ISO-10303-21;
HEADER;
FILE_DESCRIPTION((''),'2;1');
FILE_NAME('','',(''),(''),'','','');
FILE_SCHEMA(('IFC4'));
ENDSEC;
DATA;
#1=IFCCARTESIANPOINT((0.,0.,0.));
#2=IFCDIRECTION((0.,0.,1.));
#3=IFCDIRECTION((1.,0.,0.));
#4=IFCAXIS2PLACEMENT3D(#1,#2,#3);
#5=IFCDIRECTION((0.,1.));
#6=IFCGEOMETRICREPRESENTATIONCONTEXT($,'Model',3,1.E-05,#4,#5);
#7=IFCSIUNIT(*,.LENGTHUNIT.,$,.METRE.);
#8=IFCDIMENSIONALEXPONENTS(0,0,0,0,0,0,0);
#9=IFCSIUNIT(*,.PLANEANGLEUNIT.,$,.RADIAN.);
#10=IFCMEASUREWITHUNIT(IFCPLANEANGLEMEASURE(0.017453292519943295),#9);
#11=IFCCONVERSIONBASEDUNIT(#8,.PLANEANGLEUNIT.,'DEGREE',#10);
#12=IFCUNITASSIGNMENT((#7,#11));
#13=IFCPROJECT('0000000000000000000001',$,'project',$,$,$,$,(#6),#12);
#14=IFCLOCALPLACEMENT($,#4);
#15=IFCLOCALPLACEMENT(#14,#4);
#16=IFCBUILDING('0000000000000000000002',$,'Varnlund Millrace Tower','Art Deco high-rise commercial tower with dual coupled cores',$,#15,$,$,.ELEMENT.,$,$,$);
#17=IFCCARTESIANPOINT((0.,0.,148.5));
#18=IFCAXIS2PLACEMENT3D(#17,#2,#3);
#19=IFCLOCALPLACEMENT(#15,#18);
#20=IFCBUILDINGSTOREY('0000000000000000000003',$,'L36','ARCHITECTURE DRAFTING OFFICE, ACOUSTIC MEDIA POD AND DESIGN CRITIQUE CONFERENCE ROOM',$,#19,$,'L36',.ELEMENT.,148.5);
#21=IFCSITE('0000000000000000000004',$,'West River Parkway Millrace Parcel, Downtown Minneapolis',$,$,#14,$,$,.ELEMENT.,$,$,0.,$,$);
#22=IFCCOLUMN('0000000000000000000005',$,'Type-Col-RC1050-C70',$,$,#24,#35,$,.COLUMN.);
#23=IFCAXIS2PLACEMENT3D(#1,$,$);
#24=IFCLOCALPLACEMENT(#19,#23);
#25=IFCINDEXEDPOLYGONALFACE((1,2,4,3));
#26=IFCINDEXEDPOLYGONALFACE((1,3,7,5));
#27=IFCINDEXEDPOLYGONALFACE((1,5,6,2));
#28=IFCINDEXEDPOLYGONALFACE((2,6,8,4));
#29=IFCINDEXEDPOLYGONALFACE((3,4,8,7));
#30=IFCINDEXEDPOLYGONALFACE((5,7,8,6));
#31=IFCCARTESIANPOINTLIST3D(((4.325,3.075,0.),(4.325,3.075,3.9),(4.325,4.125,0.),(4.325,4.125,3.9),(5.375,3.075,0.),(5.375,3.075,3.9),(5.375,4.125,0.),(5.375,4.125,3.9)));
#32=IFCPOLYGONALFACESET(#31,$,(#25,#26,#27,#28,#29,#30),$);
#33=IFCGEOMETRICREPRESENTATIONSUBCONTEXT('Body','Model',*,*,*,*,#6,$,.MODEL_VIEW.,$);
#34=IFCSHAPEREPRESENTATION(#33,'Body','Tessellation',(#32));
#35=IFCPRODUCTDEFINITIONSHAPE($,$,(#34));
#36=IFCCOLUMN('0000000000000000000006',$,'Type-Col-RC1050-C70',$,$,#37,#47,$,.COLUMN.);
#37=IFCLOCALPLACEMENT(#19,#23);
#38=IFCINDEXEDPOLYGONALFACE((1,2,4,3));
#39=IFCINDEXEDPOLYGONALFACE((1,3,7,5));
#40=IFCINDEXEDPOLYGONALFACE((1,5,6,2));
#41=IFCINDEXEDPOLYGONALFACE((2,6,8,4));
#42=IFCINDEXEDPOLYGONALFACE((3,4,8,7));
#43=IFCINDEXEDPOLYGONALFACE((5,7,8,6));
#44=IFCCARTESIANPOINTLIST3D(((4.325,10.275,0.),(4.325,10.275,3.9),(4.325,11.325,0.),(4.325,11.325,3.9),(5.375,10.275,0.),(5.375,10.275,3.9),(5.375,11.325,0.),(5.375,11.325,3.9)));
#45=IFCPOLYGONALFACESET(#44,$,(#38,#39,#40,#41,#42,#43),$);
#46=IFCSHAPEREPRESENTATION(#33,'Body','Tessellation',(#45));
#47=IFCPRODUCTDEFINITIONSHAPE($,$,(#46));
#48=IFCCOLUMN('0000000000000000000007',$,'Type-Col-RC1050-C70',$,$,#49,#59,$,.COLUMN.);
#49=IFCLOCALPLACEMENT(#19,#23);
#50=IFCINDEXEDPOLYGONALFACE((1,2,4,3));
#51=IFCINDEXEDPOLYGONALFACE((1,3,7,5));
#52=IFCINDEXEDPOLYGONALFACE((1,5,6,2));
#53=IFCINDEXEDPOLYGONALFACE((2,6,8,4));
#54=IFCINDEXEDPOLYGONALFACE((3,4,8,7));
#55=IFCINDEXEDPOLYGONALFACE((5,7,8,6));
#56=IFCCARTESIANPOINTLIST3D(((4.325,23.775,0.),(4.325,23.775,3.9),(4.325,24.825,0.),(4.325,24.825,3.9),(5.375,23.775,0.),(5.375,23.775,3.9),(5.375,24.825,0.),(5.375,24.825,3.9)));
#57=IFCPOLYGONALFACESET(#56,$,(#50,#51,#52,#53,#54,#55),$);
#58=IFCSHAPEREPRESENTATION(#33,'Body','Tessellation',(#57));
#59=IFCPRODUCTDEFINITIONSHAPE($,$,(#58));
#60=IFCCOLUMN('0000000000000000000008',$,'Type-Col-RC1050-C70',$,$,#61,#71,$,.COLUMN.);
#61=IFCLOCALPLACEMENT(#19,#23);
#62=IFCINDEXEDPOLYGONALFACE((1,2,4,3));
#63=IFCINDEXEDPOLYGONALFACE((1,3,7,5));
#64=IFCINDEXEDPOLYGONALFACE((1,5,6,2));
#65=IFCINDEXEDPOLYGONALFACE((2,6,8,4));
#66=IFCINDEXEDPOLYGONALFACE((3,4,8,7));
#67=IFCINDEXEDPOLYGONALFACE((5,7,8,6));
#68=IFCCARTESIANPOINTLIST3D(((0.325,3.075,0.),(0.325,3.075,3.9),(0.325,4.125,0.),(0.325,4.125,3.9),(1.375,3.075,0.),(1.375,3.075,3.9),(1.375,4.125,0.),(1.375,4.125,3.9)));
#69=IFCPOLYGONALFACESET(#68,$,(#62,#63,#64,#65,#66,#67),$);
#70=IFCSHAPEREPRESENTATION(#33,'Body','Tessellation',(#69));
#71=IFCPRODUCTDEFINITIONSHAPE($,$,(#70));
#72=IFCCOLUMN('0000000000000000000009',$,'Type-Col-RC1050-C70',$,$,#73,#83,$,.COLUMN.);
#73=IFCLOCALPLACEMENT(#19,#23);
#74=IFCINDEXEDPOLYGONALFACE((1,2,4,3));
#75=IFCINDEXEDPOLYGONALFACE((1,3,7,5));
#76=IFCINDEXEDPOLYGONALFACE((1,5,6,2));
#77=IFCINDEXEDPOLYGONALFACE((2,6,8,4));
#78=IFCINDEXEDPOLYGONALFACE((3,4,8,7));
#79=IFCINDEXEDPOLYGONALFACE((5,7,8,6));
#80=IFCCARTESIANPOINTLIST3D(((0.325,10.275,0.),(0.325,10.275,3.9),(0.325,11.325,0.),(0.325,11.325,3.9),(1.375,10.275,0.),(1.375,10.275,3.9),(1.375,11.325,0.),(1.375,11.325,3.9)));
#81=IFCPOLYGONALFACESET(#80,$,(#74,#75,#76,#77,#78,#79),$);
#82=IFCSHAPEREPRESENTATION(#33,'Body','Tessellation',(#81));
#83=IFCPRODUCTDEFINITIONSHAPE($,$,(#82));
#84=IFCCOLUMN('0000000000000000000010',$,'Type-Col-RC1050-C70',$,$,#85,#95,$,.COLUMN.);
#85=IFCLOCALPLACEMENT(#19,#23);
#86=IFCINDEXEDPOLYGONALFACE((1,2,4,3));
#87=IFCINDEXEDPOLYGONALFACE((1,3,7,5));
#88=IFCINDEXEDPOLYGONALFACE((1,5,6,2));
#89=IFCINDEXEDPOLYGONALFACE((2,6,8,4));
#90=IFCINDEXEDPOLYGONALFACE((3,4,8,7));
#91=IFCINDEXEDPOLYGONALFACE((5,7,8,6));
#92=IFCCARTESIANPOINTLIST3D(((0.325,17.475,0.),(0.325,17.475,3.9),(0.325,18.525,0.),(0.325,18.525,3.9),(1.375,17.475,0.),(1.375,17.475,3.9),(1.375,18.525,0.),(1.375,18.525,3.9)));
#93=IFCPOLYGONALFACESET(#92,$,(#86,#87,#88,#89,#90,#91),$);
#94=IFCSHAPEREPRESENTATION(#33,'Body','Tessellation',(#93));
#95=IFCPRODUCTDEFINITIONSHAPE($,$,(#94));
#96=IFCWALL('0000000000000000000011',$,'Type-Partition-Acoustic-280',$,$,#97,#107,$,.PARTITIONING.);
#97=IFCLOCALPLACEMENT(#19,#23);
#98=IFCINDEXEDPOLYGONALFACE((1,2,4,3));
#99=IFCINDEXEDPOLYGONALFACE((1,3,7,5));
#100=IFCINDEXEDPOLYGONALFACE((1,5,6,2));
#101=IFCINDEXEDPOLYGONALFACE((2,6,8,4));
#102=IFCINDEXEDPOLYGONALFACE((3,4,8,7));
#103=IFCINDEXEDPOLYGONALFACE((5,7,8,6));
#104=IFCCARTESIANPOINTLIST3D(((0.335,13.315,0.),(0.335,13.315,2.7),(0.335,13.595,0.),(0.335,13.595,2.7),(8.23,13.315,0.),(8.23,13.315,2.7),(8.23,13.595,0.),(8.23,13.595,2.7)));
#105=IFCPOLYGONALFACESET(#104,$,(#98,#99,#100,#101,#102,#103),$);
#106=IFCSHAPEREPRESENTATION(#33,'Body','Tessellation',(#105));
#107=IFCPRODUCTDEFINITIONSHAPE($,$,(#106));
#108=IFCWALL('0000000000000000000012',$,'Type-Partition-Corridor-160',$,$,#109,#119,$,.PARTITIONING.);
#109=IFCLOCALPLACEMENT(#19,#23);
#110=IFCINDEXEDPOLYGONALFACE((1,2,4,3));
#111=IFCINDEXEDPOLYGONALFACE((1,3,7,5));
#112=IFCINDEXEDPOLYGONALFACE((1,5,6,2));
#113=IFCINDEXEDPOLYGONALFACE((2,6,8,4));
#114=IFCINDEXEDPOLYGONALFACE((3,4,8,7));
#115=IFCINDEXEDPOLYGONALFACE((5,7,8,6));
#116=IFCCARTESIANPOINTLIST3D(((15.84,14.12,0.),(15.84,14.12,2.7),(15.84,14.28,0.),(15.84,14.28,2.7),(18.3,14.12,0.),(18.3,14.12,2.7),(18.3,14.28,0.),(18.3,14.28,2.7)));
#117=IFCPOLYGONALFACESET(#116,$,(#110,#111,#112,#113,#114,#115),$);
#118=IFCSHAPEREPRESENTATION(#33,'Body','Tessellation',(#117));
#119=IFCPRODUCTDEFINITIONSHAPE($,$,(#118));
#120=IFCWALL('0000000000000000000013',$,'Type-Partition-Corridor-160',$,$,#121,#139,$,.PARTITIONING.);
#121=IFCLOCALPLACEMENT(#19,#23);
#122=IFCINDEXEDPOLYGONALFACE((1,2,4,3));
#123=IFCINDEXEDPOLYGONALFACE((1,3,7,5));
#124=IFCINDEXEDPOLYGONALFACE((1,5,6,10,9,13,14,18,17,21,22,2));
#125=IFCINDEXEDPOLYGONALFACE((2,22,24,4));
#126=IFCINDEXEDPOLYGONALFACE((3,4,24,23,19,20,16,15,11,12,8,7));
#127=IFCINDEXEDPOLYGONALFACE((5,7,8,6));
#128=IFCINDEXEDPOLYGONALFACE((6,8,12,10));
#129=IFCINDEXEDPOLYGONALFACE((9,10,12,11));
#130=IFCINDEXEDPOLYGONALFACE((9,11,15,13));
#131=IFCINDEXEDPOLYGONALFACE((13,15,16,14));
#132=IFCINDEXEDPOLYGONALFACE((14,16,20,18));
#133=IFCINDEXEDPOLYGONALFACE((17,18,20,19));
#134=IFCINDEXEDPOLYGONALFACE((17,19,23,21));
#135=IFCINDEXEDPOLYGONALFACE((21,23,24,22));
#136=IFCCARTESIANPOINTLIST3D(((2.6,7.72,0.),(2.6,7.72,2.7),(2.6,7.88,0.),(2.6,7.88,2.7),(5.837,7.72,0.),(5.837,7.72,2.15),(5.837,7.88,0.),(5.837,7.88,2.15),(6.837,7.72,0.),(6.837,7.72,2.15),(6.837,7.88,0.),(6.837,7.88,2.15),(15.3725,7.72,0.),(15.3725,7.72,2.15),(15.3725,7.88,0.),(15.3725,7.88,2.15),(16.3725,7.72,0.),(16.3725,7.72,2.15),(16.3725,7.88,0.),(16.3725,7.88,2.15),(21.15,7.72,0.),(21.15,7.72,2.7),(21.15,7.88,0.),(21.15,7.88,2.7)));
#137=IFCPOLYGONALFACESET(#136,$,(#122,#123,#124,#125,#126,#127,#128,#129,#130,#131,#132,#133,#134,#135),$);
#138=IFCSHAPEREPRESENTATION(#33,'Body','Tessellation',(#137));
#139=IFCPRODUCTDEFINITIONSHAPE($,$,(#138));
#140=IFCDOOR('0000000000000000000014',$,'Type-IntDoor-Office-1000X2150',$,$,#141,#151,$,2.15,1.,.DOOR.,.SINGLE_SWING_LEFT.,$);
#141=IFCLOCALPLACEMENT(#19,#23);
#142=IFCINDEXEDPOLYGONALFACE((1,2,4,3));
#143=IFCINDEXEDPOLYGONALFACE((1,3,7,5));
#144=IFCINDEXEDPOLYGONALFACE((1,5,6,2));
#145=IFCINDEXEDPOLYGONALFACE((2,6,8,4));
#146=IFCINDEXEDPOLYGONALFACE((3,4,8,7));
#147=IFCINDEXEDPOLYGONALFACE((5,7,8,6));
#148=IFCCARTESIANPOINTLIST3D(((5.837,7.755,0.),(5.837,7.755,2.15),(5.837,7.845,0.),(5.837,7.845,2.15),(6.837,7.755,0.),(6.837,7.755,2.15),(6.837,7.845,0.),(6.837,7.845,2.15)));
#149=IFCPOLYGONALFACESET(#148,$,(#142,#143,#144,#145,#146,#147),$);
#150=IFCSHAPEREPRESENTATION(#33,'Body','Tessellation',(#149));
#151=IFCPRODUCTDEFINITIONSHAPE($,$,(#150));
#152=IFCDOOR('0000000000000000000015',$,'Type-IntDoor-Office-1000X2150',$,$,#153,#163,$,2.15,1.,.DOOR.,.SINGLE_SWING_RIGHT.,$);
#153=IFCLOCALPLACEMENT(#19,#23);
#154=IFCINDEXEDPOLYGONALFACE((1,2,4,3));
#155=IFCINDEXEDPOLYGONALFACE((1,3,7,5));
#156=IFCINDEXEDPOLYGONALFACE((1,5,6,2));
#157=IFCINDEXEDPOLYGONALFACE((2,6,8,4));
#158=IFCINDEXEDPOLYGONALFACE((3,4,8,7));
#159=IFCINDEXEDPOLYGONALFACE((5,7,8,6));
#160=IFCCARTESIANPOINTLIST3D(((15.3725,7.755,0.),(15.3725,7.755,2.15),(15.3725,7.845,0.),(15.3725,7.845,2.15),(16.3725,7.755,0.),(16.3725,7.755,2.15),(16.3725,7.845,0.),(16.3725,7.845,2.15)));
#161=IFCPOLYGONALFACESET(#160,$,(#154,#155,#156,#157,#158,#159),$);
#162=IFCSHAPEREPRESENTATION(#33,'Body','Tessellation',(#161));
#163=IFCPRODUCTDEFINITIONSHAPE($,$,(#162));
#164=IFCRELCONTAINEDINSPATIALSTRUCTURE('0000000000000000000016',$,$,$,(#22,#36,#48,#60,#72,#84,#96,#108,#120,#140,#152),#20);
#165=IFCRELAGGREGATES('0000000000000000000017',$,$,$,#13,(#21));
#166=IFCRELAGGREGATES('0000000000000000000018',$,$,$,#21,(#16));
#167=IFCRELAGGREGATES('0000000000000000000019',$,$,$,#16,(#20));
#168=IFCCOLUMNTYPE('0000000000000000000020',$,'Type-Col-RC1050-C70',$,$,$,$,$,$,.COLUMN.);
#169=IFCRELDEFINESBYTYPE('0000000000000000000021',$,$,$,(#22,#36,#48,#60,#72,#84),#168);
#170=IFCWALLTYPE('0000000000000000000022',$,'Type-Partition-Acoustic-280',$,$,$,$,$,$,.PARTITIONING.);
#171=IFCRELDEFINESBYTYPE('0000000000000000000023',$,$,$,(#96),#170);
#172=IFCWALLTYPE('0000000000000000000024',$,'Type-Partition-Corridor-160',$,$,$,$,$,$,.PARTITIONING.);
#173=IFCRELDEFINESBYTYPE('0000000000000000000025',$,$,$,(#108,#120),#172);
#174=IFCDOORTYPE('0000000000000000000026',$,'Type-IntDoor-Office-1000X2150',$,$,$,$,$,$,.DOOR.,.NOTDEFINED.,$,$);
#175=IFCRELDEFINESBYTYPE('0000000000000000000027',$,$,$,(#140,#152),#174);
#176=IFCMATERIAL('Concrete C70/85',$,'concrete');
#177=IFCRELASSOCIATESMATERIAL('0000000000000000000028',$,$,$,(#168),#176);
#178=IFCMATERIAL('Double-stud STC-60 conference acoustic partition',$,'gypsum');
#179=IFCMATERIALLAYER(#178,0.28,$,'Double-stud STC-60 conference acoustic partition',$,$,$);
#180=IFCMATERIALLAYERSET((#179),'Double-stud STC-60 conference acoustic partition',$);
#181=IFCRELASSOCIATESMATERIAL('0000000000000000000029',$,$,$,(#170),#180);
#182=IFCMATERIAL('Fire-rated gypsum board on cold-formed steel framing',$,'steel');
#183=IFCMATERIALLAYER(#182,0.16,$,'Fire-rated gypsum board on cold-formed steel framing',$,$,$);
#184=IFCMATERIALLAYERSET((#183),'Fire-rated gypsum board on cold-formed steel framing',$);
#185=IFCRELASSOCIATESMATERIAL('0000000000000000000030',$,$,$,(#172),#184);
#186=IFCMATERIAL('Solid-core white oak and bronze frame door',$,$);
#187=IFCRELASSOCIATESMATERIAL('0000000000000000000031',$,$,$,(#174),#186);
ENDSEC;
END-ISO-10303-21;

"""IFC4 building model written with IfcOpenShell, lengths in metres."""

from ifc_helpers import new_model, entity, si_unit, converted_unit, direction, frame, origin_with_axes, origin_2d_with_axis, place, context, subcontext, project, spatial, polyline, rectangle, outline, extrude, material, layer, layer_set, material_profile, profile_set, type_object, element, fill, save


model = new_model("IFC4")

# Units and contexts
model_context = context("Model", 3, precision=1e-05, world=origin_with_axes(), true_north=direction((0.0, 1.0)))
body_context = subcontext(model_context, "Body", "Model", "MODEL_VIEW")
ifc_project = project(units=[si_unit("LENGTHUNIT", "METRE"), converted_unit("PLANEANGLEUNIT", "DEGREE", entity("IfcPlaneAngleMeasure", 0.017453292519943295), si_unit("PLANEANGLEUNIT", "RADIAN"), dimensions=[0, 0, 0, 0, 0, 0, 0])], contexts=[model_context])

# Site, building, storey
site_placement = place(None, origin_with_axes())
site = spatial("IfcSite", under=ifc_project, at=site_placement, Name="West River Parkway Millrace Parcel, Downtown Minneapolis", CompositionType="ELEMENT", RefElevation=0.0)
building_placement = place(site_placement, origin_with_axes())
building = spatial("IfcBuilding", under=site, at=building_placement, Name="Varnlund Millrace Tower", Description="Art Deco high-rise commercial tower with dual coupled cores", CompositionType="ELEMENT")
storey_placement = place(building_placement, frame((0.0, 0.0, 148.5), z_axis=(0.0, 0.0, 1.0), x_axis=(1.0, 0.0, 0.0)))
storey = spatial("IfcBuildingStorey", under=building, at=storey_placement, Name="L36", Description="ARCHITECTURE DRAFTING OFFICE, ACOUSTIC MEDIA POD AND DESIGN CRITIQUE CONFERENCE ROOM", LongName="L36", CompositionType="ELEMENT", Elevation=148.5)

# Columns
ifc_material_1 = material(Name="Concrete C70/85", Category="concrete")
ifc_material_profile = material_profile(ifc_material_1, rectangle(XDim=1.05, YDim=1.05, at=origin_2d_with_axis()), Name="Concrete C70/85")
ifc_profile_set = profile_set([ifc_material_profile], Name="Concrete C70/85")
column_type = type_object("IfcColumnType", Name="Type-Col-RC1050-C70", PredefinedType="COLUMN", material=ifc_profile_set)
for number, where, z_axis, x_axis, name in (
    (1, (4.85, 3.6, 0.0), (0.0, 0.0, 1.0), (1.0, 0.0, 0.0), "Type-Col-RC1050-C70"),
    (2, (4.85, 10.8, 0.0), (0.0, 0.0, 1.0), (1.0, 0.0, 0.0), "Type-Col-RC1050-C70"),
    (3, (4.85, 24.3, 0.0), (0.0, 0.0, 1.0), (1.0, 0.0, 0.0), "Type-Col-RC1050-C70"),
    (4, (0.85, 3.6, 0.0), (0.0, 0.0, 1.0), (1.0, 0.0, 0.0), "Type-Col-RC1050-C70"),
    (5, (0.85, 10.8, 0.0), (0.0, 0.0, 1.0), (1.0, 0.0, 0.0), "Type-Col-RC1050-C70"),
    (6, (0.85, 18.0, 0.0), (0.0, 0.0, 1.0), (1.0, 0.0, 0.0), "Type-Col-RC1050-C70"),
):
    element("IfcColumn", number, at=place(storey_placement, frame(where, z_axis=z_axis, x_axis=x_axis)), inside=storey, type_object=column_type, Name=name, PredefinedType="COLUMN", context=body_context, shape_type="SweptSolid", body=[
        extrude(rectangle(XDim=1.05, YDim=1.05, at=origin_2d_with_axis()), origin_with_axes(), (0.0, 0.0, 1.0), 3.9),
    ])

# Walls
ifc_material_2 = material(Name="Double-stud STC-60 conference acoustic partition", Category="gypsum")
ifc_layer_1 = layer(ifc_material_2, 0.28, Name="Double-stud STC-60 conference acoustic partition")
ifc_layer_set_1 = layer_set([ifc_layer_1], Name="Double-stud STC-60 conference acoustic partition")
wall_type_1 = type_object("IfcWallType", Name="Type-Partition-Acoustic-280", PredefinedType="PARTITIONING", material=ifc_layer_set_1)
wall_1_placement = place(storey_placement, frame((0.335, 13.455, 0.0), z_axis=(0.0, 0.0, 1.0), x_axis=(1.0, 0.0, 0.0)))
element("IfcWall", 7, at=wall_1_placement, inside=storey, type_object=wall_type_1, Name="Type-Partition-Acoustic-280", PredefinedType="PARTITIONING", context=body_context, shape_type="SweptSolid", body=[
    extrude(outline(polyline([(0.0, -0.14), (7.895, -0.14), (7.895, 0.14), (0.0, 0.14), (0.0, -0.14)])), origin_with_axes(), (0.0, 0.0, 1.0), 2.7),
])
ifc_material_3 = material(Name="Fire-rated gypsum board on cold-formed steel framing", Category="steel")
ifc_layer_2 = layer(ifc_material_3, 0.16, Name="Fire-rated gypsum board on cold-formed steel framing")
ifc_layer_set_2 = layer_set([ifc_layer_2], Name="Fire-rated gypsum board on cold-formed steel framing")
wall_type_2 = type_object("IfcWallType", Name="Type-Partition-Corridor-160", PredefinedType="PARTITIONING", material=ifc_layer_set_2)
wall_2_placement = place(storey_placement, frame((15.84, 14.2, 0.0), z_axis=(0.0, 0.0, 1.0), x_axis=(1.0, 0.0, 0.0)))
element("IfcWall", 8, at=wall_2_placement, inside=storey, type_object=wall_type_2, Name="Type-Partition-Corridor-160", PredefinedType="PARTITIONING", context=body_context, shape_type="SweptSolid", body=[
    extrude(outline(polyline([(0.0, -0.08), (2.46, -0.08), (2.46, 0.08), (0.0, 0.08), (0.0, -0.08)])), origin_with_axes(), (0.0, 0.0, 1.0), 2.7),
])

# Wall, openings, doors
wall_3_placement = place(storey_placement, frame((2.6, 7.8, 0.0), z_axis=(0.0, 0.0, 1.0), x_axis=(1.0, 0.0, 0.0)))
wall_3 = element("IfcWall", 9, at=wall_3_placement, inside=storey, type_object=wall_type_2, Name="Type-Partition-Corridor-160", PredefinedType="PARTITIONING", context=body_context, shape_type="SweptSolid", body=[
    extrude(outline(polyline([(0.0, -0.08), (18.55, -0.08), (18.55, 0.08), (0.0, 0.08), (0.0, -0.08)])), origin_with_axes(), (0.0, 0.0, 1.0), 2.7),
])
opening_1_placement = place(wall_3_placement, frame((3.737, 0.0, 0.0), z_axis=(0.0, 0.0, 1.0), x_axis=(1.0, 0.0, 0.0)))
opening_1 = element("IfcOpeningElement", 10, at=opening_1_placement, cuts=wall_3, PredefinedType="OPENING", context=body_context, shape_type="SweptSolid", body=[
    extrude(rectangle(XDim=1.0, YDim=0.18, at=origin_2d_with_axis()), origin_with_axes(), (0.0, 0.0, 1.0), 2.15),
])
opening_2_placement = place(wall_3_placement, frame((13.2725, 0.0, 0.0), z_axis=(0.0, 0.0, 1.0), x_axis=(1.0, 0.0, 0.0)))
opening_2 = element("IfcOpeningElement", 11, at=opening_2_placement, cuts=wall_3, PredefinedType="OPENING", context=body_context, shape_type="SweptSolid", body=[
    extrude(rectangle(XDim=1.0, YDim=0.18, at=origin_2d_with_axis()), origin_with_axes(), (0.0, 0.0, 1.0), 2.15),
])
ifc_material_4 = material(Name="Solid-core white oak and bronze frame door")
door_type_1 = type_object("IfcDoorType", Name="Type-IntDoor-Office-1000X2150", OperationType="NOTDEFINED", PredefinedType="DOOR", material=ifc_material_4)
door_1_placement = place(wall_3_placement, frame((3.737, 0.0, 0.0), z_axis=(0.0, 0.0, 1.0), x_axis=(1.0, 0.0, 0.0)))
door_1 = element("IfcDoor", 12, at=door_1_placement, inside=storey, type_object=door_type_1, Name="Type-IntDoor-Office-1000X2150", OperationType="SINGLE_SWING_LEFT", OverallHeight=2.15, OverallWidth=1.0, PredefinedType="DOOR", context=body_context, shape_type="SweptSolid", body=[
    extrude(rectangle(XDim=1.0, YDim=0.09, at=origin_2d_with_axis()), origin_with_axes(), (0.0, 0.0, 1.0), 2.15),
])
fill(opening_1, door_1)
door_2_placement = place(wall_3_placement, frame((13.2725, 0.0, 0.0), z_axis=(0.0, 0.0, 1.0), x_axis=(1.0, 0.0, 0.0)))
door_2 = element("IfcDoor", 13, at=door_2_placement, inside=storey, type_object=door_type_1, Name="Type-IntDoor-Office-1000X2150", OperationType="SINGLE_SWING_RIGHT", OverallHeight=2.15, OverallWidth=1.0, PredefinedType="DOOR", context=body_context, shape_type="SweptSolid", body=[
    extrude(rectangle(XDim=1.0, YDim=0.09, at=origin_2d_with_axis()), origin_with_axes(), (0.0, 0.0, 1.0), 2.15),
])
fill(opening_2, door_2)

save(model, "model.ifc")
